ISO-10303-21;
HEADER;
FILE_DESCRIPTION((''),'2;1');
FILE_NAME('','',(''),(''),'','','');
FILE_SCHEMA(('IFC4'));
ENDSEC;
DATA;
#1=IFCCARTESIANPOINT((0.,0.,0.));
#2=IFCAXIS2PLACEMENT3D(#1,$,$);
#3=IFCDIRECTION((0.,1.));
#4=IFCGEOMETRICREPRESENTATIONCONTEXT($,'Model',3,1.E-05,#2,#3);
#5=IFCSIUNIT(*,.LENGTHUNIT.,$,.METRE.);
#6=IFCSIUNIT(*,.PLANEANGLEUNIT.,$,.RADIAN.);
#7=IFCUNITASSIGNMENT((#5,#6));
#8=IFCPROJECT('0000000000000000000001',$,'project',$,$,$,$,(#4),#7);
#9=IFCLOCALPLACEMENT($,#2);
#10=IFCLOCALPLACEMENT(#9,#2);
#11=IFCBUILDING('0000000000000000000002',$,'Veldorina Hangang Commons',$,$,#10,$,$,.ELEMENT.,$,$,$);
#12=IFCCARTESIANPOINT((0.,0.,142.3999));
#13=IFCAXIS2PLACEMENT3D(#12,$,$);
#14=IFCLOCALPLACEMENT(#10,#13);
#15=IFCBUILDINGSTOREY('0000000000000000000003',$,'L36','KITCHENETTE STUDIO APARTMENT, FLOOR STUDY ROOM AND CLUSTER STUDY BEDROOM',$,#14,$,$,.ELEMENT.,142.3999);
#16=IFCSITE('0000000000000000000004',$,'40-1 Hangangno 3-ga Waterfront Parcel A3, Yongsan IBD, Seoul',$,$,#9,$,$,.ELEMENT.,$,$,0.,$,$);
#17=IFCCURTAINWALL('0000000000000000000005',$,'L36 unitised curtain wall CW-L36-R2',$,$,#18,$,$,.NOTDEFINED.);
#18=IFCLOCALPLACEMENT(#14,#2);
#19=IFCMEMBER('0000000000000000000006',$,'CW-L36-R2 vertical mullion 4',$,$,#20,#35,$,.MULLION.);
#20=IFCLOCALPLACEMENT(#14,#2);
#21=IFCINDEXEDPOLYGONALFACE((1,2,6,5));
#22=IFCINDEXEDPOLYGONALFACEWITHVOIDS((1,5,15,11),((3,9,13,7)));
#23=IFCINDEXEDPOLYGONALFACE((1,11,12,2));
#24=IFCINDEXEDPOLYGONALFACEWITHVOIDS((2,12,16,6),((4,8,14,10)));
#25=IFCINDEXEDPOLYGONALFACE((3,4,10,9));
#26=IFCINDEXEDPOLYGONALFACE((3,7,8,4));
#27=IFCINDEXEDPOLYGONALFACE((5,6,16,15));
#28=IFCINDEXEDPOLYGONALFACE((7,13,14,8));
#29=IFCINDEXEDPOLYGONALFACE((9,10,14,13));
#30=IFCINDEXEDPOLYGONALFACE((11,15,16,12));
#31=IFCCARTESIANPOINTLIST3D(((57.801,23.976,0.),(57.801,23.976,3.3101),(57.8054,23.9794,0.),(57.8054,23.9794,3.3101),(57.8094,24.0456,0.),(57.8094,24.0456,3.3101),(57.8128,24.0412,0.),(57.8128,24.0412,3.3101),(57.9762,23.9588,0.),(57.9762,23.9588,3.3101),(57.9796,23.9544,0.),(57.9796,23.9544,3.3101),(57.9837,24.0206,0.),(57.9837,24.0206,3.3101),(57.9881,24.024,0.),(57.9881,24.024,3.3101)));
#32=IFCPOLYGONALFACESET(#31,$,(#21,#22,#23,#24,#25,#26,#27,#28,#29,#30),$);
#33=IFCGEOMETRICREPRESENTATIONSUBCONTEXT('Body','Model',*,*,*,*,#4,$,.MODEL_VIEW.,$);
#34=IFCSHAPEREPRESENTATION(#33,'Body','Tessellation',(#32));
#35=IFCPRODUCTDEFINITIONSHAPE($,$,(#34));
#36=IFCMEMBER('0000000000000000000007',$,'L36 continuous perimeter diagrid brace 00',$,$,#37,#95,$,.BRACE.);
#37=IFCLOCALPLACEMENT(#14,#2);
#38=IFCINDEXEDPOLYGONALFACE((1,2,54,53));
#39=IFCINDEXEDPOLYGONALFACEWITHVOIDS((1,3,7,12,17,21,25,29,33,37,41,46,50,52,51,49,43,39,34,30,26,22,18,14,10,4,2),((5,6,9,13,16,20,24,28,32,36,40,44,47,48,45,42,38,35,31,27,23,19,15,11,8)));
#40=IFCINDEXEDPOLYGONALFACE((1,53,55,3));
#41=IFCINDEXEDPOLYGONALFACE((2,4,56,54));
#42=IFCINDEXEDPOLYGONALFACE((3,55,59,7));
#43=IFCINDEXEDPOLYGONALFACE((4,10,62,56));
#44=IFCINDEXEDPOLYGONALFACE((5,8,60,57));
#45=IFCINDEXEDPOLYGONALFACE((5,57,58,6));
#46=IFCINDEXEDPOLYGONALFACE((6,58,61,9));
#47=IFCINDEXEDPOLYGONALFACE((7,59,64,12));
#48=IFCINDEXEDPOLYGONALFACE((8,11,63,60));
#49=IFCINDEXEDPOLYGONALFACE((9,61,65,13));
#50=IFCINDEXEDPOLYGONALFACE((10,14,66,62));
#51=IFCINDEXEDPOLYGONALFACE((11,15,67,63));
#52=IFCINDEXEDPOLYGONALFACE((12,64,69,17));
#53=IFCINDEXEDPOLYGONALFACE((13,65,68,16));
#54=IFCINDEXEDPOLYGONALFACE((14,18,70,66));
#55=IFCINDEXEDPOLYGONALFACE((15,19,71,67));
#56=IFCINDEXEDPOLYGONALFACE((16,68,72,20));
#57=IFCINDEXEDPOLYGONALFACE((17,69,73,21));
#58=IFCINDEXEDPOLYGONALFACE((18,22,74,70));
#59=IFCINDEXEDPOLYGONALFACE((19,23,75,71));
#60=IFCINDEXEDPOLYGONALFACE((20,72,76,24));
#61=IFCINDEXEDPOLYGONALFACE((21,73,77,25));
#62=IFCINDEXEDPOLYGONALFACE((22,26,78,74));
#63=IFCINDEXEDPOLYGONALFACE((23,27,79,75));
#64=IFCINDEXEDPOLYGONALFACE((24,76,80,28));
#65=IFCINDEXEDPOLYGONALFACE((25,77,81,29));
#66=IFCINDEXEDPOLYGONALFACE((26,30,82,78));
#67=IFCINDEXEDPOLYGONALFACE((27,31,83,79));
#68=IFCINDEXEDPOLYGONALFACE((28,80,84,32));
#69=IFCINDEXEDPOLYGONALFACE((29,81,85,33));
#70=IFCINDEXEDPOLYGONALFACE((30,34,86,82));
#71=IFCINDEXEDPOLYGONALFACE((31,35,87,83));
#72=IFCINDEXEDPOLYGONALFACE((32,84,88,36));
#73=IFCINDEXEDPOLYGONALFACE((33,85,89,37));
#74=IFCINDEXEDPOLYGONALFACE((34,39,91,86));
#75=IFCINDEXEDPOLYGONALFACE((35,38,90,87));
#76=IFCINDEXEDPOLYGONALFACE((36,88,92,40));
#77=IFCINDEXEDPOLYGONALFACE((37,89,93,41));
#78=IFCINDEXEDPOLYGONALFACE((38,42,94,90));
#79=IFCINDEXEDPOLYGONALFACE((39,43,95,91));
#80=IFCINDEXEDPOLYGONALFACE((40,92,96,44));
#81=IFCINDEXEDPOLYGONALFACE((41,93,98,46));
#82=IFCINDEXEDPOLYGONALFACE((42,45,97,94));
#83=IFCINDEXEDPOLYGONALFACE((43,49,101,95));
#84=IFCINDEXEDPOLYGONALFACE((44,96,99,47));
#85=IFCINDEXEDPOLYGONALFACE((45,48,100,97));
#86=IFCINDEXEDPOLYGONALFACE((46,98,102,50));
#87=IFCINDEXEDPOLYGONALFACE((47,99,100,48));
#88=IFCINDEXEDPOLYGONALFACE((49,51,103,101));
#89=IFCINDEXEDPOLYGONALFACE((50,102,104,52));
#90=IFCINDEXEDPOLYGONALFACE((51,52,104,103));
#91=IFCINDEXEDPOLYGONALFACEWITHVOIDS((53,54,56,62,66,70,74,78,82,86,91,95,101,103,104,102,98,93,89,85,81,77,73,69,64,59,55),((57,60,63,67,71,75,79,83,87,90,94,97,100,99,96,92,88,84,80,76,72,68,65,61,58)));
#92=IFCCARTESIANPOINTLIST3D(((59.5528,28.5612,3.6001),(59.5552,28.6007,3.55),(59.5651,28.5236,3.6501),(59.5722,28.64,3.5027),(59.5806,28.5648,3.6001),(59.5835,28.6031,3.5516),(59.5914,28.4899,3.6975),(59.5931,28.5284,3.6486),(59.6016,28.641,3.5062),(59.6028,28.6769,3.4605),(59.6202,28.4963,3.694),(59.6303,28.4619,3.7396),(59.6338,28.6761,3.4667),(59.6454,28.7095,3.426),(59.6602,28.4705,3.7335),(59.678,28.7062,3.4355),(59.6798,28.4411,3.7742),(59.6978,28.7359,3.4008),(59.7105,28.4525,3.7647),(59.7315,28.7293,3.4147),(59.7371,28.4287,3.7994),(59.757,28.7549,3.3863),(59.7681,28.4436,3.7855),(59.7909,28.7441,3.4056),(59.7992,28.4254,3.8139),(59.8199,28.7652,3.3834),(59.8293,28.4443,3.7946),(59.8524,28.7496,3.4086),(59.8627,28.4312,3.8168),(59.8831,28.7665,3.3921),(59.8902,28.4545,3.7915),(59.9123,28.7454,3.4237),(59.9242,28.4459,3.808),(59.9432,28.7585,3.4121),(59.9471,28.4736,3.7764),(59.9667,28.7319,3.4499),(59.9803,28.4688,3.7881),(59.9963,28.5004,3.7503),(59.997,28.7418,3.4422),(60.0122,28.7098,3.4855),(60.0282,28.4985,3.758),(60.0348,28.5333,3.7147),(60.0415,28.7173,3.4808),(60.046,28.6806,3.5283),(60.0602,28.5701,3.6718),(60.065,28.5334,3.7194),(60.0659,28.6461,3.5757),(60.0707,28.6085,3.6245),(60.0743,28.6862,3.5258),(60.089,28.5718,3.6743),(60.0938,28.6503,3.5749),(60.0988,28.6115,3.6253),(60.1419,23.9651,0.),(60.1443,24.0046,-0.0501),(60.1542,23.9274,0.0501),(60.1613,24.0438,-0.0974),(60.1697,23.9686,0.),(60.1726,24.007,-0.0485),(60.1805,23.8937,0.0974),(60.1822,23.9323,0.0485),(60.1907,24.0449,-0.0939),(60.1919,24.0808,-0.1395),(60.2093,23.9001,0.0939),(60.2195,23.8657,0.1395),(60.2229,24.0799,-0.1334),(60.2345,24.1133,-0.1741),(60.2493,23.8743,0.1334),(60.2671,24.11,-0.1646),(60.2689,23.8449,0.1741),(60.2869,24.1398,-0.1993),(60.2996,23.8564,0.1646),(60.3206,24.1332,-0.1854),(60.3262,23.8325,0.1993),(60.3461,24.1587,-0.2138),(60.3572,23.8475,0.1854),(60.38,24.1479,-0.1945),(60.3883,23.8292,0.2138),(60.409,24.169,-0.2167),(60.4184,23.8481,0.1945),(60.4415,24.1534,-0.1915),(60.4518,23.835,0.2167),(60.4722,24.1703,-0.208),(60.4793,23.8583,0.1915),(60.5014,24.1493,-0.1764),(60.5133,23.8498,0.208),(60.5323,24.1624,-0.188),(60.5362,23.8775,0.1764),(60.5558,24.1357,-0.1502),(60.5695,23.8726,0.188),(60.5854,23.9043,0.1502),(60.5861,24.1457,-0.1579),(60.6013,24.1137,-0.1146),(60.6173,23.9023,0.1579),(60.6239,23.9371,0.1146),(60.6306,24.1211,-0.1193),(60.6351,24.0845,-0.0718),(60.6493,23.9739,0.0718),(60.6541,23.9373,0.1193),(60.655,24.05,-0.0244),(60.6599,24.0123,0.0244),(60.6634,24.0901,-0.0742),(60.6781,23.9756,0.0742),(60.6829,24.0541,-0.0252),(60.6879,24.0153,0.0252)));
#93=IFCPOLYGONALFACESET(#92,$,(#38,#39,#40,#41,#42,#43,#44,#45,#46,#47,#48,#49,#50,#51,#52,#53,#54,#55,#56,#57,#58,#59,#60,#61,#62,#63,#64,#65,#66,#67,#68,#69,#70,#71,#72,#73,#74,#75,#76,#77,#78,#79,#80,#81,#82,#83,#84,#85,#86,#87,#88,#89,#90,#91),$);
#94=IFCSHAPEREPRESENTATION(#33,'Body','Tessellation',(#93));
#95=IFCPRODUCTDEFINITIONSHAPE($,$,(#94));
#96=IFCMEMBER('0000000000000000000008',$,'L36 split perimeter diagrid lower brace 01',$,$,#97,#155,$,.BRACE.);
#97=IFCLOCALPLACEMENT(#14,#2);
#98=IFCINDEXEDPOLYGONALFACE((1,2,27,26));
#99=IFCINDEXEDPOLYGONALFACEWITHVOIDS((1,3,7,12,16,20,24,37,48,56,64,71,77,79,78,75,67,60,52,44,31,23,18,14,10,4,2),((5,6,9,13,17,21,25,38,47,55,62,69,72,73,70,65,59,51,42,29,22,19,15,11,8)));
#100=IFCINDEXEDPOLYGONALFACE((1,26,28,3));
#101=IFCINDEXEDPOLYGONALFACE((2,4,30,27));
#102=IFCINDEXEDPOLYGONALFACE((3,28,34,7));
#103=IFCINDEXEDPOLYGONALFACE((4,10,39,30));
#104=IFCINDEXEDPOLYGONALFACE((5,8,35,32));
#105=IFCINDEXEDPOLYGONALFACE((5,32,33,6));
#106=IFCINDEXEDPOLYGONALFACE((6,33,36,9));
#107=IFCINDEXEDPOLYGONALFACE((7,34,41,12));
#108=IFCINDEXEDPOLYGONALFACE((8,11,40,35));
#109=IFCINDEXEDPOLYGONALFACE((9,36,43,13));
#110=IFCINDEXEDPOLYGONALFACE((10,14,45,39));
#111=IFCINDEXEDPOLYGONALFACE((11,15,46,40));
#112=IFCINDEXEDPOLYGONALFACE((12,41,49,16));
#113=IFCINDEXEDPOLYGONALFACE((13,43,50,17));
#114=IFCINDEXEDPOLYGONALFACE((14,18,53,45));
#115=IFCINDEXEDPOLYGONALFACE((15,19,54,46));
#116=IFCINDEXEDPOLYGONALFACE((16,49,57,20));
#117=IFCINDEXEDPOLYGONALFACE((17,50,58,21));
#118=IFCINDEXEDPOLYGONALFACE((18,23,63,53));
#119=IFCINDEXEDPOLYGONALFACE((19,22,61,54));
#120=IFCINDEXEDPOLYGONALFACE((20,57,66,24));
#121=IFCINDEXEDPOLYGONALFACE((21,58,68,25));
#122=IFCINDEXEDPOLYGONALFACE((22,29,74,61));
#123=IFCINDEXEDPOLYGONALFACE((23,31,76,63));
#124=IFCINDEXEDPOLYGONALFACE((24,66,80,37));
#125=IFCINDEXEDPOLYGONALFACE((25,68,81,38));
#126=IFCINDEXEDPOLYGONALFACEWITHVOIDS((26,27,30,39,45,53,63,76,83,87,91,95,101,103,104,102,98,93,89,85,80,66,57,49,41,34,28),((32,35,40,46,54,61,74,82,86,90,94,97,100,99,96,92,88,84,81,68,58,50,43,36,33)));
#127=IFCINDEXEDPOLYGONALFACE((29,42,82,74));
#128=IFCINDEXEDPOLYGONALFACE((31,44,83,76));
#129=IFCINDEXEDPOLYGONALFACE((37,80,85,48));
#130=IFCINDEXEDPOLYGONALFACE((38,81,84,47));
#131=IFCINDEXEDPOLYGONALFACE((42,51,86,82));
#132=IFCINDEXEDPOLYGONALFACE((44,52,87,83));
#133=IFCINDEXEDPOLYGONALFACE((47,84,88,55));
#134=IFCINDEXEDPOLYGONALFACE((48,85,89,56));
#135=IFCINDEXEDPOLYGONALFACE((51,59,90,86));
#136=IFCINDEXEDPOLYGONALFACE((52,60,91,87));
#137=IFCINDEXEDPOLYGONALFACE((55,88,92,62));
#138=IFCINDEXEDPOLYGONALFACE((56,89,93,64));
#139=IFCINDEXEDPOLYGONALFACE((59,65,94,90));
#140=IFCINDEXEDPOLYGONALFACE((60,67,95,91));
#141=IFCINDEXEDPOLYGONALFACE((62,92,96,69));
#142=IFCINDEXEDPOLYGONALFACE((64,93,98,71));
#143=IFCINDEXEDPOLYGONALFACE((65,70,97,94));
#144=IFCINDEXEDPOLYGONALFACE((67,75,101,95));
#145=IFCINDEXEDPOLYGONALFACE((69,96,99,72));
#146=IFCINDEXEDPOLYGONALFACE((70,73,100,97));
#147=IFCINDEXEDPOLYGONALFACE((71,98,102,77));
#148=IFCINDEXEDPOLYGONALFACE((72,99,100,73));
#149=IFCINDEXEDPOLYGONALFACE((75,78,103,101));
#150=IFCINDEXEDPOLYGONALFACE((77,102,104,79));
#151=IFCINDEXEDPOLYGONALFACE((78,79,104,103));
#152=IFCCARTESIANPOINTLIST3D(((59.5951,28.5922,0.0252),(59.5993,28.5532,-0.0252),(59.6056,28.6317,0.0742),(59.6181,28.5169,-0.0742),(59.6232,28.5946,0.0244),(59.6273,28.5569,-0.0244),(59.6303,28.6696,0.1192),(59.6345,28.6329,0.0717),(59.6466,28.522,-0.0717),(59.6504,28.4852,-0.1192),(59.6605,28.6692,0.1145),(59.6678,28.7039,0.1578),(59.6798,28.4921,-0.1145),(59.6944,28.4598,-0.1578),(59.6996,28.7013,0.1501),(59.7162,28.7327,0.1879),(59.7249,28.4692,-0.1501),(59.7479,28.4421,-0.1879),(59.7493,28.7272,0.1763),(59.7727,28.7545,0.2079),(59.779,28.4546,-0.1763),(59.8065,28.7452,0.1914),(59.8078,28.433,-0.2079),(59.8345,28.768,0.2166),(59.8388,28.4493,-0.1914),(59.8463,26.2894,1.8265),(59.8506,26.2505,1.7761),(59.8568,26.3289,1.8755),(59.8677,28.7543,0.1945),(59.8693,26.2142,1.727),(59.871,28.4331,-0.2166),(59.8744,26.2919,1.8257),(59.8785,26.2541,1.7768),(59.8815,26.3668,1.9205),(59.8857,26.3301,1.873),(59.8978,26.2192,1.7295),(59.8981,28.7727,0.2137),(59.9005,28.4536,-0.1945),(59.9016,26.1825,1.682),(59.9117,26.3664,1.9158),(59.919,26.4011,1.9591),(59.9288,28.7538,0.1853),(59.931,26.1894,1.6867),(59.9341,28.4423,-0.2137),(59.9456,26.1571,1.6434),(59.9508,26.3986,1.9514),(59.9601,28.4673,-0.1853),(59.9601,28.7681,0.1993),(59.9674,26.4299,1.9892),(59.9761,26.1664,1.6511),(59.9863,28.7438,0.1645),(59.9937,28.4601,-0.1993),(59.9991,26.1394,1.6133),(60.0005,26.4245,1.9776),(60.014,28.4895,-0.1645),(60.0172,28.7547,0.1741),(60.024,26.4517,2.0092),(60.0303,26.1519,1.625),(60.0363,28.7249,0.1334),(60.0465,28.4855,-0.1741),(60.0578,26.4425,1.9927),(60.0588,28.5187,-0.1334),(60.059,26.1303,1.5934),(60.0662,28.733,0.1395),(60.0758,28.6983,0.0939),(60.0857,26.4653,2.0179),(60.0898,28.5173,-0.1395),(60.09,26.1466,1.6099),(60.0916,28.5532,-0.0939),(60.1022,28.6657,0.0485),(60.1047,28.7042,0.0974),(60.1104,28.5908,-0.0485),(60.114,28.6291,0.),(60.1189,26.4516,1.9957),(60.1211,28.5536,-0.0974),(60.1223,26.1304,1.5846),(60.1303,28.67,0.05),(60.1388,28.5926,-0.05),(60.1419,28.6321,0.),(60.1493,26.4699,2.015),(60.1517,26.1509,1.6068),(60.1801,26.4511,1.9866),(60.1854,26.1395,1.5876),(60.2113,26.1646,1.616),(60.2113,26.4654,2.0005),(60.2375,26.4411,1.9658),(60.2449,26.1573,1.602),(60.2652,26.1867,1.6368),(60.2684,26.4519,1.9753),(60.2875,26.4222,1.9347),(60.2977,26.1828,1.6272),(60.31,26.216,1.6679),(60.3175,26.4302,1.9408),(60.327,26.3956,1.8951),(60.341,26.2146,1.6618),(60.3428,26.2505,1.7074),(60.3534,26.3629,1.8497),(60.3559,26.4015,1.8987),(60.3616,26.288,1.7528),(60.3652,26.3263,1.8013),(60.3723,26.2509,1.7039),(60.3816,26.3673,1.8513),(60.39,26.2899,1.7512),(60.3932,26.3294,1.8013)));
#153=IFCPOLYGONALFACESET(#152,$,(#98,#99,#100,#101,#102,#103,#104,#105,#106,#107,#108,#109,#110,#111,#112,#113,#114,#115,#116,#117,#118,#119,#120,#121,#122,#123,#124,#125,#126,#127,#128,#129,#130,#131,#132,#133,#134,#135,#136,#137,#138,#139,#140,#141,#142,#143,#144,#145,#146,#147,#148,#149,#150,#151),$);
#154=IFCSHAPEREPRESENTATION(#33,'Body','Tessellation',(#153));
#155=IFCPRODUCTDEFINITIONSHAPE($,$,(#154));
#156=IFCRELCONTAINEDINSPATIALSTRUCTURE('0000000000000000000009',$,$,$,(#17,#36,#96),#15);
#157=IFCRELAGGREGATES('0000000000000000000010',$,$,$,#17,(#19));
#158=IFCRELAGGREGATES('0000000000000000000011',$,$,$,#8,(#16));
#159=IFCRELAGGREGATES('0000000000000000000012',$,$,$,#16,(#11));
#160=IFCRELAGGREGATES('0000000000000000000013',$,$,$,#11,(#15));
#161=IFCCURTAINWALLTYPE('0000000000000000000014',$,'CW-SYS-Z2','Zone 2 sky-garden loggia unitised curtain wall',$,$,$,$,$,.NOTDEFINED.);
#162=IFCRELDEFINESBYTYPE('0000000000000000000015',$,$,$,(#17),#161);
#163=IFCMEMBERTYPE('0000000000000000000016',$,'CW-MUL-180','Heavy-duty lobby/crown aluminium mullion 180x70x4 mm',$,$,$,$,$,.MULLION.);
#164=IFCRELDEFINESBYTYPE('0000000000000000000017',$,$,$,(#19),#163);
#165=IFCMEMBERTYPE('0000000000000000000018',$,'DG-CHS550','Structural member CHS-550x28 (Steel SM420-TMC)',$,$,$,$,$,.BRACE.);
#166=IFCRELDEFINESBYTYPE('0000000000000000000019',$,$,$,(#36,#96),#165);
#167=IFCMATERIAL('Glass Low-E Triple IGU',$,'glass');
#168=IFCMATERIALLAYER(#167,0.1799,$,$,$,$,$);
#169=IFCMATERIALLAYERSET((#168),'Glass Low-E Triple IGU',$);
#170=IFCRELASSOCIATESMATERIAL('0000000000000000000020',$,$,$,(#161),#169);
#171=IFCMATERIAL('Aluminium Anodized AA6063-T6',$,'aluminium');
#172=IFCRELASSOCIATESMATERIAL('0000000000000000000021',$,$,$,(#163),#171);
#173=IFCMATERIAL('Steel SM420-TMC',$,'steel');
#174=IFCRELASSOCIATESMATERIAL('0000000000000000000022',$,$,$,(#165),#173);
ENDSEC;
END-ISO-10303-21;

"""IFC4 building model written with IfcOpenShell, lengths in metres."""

from ifc_helpers import new_model, si_unit, direction, frame, origin, origin_2d, place, context, subcontext, project, spatial, hollow_rectangle, hollow_circle, extrude, material, layer, layer_set, material_profile, profile_set, type_object, element, aggregate, save


model = new_model("IFC4")

# Units and contexts
model_context = context("Model", 3, precision=1e-05, world=origin(), true_north=direction((0.0, 1.0)))
body_context = subcontext(model_context, "Body", "Model", "MODEL_VIEW")
ifc_project = project(units=[si_unit("LENGTHUNIT", "METRE"), si_unit("PLANEANGLEUNIT", "RADIAN")], contexts=[model_context])

# Site, building, storey
site_placement = place(None, origin())
site = spatial("IfcSite", under=ifc_project, at=site_placement, Name="40-1 Hangangno 3-ga Waterfront Parcel A3, Yongsan IBD, Seoul", CompositionType="ELEMENT", RefElevation=0.0)
building_placement = place(site_placement, origin())
building = spatial("IfcBuilding", under=site, at=building_placement, Name="Veldorina Hangang Commons", CompositionType="ELEMENT")
storey_placement = place(building_placement, frame((0.0, 0.0, 142.3999)))
storey = spatial("IfcBuildingStorey", under=building, at=storey_placement, Name="L36", Description="KITCHENETTE STUDIO APARTMENT, FLOOR STUDY ROOM AND CLUSTER STUDY BEDROOM", CompositionType="ELEMENT", Elevation=142.3999)

# Shared definitions
ifc_material_1 = material(Name="Steel SM420-TMC", Category="steel")

# Curtain wall, member
ifc_material_2 = material(Name="Glass Low-E Triple IGU", Category="glass")
ifc_layer_1 = layer(ifc_material_2, 0.1799)
ifc_layer_set_1 = layer_set([ifc_layer_1], Name="Glass Low-E Triple IGU")
curtain_wall_type = type_object("IfcCurtainWallType", Name="CW-SYS-Z2", Description="Zone 2 sky-garden loggia unitised curtain wall", PredefinedType="NOTDEFINED", material=ifc_layer_set_1)
curtain_wall_placement = place(storey_placement, origin())
curtain_wall = element("IfcCurtainWall", 1, at=curtain_wall_placement, inside=storey, type_object=curtain_wall_type, Name="L36 unitised curtain wall CW-L36-R2", PredefinedType="NOTDEFINED")
ifc_material_3 = material(Name="Aluminium Anodized AA6063-T6", Category="aluminium")
ifc_material_profile_1 = material_profile(ifc_material_3, hollow_rectangle(XDim=0.0701, YDim=0.1799, WallThickness=0.0039, at=origin_2d()), Name="ALU-RHS-180x70x4")
ifc_profile_set_1 = profile_set([ifc_material_profile_1], Name="Aluminium Anodized AA6063-T6")
member_type_1 = type_object("IfcMemberType", Name="CW-MUL-180", Description="Heavy-duty lobby/crown aluminium mullion 180x70x4 mm", PredefinedType="MULLION", material=ifc_profile_set_1)
member_1_placement = place(storey_placement, frame((57.8945, 24.0, 0.0), z_axis=(0.0, 0.0, 1.0), x_axis=(-0.120171, -0.992753, 0.0)))
member_1 = element("IfcMember", 2, at=member_1_placement, type_object=member_type_1, Name="CW-L36-R2 vertical mullion 4", PredefinedType="MULLION", context=body_context, shape_type="SweptSolid", body=[
    extrude(hollow_rectangle(XDim=0.0701, YDim=0.1799, WallThickness=0.0039, at=origin_2d()), origin(), (0.0, 0.0, 1.0), 3.3101),
])
aggregate(curtain_wall, [member_1])

# Members
ifc_material_profile_2 = material_profile(ifc_material_1, hollow_circle(Radius=0.2749, WallThickness=0.0281, at=origin_2d()), Name="CHS-550x28")
ifc_profile_set_2 = profile_set([ifc_material_profile_2], Name="Steel SM420-TMC")
member_type_2 = type_object("IfcMemberType", Name="DG-CHS550", Description="Structural member CHS-550x28 (Steel SM420-TMC)", PredefinedType="BRACE", material=ifc_profile_set_2)
member_2_placement = place(storey_placement, frame((60.4146, 24.0, 0.0), z_axis=(-0.100395, 0.783272, 0.61352), x_axis=(-0.991886, -0.127134, 0.0)))
element("IfcMember", 3, at=member_2_placement, inside=storey, type_object=member_type_2, Name="L36 continuous perimeter diagrid brace 00", PredefinedType="BRACE", context=body_context, shape_type="SweptSolid", body=[
    extrude(hollow_circle(Radius=0.2749, WallThickness=0.0281, at=origin_2d()), origin(), (0.0, 0.0, 1.0), 5.8679),
])
member_3_placement = place(storey_placement, frame((59.8687, 28.6023, 0.0), z_axis=(0.085614, -0.784757, 0.613861), x_axis=(0.994102, 0.108453, 0.0)))
element("IfcMember", 4, at=member_3_placement, inside=storey, type_object=member_type_2, Name="L36 split perimeter diagrid lower brace 01", PredefinedType="BRACE", context=body_context, shape_type="SweptSolid", body=[
    extrude(hollow_circle(Radius=0.2749, WallThickness=0.0281, at=origin_2d()), origin(), (0.0, 0.0, 1.0), 2.9343),
])

save(model, "model.ifc")
